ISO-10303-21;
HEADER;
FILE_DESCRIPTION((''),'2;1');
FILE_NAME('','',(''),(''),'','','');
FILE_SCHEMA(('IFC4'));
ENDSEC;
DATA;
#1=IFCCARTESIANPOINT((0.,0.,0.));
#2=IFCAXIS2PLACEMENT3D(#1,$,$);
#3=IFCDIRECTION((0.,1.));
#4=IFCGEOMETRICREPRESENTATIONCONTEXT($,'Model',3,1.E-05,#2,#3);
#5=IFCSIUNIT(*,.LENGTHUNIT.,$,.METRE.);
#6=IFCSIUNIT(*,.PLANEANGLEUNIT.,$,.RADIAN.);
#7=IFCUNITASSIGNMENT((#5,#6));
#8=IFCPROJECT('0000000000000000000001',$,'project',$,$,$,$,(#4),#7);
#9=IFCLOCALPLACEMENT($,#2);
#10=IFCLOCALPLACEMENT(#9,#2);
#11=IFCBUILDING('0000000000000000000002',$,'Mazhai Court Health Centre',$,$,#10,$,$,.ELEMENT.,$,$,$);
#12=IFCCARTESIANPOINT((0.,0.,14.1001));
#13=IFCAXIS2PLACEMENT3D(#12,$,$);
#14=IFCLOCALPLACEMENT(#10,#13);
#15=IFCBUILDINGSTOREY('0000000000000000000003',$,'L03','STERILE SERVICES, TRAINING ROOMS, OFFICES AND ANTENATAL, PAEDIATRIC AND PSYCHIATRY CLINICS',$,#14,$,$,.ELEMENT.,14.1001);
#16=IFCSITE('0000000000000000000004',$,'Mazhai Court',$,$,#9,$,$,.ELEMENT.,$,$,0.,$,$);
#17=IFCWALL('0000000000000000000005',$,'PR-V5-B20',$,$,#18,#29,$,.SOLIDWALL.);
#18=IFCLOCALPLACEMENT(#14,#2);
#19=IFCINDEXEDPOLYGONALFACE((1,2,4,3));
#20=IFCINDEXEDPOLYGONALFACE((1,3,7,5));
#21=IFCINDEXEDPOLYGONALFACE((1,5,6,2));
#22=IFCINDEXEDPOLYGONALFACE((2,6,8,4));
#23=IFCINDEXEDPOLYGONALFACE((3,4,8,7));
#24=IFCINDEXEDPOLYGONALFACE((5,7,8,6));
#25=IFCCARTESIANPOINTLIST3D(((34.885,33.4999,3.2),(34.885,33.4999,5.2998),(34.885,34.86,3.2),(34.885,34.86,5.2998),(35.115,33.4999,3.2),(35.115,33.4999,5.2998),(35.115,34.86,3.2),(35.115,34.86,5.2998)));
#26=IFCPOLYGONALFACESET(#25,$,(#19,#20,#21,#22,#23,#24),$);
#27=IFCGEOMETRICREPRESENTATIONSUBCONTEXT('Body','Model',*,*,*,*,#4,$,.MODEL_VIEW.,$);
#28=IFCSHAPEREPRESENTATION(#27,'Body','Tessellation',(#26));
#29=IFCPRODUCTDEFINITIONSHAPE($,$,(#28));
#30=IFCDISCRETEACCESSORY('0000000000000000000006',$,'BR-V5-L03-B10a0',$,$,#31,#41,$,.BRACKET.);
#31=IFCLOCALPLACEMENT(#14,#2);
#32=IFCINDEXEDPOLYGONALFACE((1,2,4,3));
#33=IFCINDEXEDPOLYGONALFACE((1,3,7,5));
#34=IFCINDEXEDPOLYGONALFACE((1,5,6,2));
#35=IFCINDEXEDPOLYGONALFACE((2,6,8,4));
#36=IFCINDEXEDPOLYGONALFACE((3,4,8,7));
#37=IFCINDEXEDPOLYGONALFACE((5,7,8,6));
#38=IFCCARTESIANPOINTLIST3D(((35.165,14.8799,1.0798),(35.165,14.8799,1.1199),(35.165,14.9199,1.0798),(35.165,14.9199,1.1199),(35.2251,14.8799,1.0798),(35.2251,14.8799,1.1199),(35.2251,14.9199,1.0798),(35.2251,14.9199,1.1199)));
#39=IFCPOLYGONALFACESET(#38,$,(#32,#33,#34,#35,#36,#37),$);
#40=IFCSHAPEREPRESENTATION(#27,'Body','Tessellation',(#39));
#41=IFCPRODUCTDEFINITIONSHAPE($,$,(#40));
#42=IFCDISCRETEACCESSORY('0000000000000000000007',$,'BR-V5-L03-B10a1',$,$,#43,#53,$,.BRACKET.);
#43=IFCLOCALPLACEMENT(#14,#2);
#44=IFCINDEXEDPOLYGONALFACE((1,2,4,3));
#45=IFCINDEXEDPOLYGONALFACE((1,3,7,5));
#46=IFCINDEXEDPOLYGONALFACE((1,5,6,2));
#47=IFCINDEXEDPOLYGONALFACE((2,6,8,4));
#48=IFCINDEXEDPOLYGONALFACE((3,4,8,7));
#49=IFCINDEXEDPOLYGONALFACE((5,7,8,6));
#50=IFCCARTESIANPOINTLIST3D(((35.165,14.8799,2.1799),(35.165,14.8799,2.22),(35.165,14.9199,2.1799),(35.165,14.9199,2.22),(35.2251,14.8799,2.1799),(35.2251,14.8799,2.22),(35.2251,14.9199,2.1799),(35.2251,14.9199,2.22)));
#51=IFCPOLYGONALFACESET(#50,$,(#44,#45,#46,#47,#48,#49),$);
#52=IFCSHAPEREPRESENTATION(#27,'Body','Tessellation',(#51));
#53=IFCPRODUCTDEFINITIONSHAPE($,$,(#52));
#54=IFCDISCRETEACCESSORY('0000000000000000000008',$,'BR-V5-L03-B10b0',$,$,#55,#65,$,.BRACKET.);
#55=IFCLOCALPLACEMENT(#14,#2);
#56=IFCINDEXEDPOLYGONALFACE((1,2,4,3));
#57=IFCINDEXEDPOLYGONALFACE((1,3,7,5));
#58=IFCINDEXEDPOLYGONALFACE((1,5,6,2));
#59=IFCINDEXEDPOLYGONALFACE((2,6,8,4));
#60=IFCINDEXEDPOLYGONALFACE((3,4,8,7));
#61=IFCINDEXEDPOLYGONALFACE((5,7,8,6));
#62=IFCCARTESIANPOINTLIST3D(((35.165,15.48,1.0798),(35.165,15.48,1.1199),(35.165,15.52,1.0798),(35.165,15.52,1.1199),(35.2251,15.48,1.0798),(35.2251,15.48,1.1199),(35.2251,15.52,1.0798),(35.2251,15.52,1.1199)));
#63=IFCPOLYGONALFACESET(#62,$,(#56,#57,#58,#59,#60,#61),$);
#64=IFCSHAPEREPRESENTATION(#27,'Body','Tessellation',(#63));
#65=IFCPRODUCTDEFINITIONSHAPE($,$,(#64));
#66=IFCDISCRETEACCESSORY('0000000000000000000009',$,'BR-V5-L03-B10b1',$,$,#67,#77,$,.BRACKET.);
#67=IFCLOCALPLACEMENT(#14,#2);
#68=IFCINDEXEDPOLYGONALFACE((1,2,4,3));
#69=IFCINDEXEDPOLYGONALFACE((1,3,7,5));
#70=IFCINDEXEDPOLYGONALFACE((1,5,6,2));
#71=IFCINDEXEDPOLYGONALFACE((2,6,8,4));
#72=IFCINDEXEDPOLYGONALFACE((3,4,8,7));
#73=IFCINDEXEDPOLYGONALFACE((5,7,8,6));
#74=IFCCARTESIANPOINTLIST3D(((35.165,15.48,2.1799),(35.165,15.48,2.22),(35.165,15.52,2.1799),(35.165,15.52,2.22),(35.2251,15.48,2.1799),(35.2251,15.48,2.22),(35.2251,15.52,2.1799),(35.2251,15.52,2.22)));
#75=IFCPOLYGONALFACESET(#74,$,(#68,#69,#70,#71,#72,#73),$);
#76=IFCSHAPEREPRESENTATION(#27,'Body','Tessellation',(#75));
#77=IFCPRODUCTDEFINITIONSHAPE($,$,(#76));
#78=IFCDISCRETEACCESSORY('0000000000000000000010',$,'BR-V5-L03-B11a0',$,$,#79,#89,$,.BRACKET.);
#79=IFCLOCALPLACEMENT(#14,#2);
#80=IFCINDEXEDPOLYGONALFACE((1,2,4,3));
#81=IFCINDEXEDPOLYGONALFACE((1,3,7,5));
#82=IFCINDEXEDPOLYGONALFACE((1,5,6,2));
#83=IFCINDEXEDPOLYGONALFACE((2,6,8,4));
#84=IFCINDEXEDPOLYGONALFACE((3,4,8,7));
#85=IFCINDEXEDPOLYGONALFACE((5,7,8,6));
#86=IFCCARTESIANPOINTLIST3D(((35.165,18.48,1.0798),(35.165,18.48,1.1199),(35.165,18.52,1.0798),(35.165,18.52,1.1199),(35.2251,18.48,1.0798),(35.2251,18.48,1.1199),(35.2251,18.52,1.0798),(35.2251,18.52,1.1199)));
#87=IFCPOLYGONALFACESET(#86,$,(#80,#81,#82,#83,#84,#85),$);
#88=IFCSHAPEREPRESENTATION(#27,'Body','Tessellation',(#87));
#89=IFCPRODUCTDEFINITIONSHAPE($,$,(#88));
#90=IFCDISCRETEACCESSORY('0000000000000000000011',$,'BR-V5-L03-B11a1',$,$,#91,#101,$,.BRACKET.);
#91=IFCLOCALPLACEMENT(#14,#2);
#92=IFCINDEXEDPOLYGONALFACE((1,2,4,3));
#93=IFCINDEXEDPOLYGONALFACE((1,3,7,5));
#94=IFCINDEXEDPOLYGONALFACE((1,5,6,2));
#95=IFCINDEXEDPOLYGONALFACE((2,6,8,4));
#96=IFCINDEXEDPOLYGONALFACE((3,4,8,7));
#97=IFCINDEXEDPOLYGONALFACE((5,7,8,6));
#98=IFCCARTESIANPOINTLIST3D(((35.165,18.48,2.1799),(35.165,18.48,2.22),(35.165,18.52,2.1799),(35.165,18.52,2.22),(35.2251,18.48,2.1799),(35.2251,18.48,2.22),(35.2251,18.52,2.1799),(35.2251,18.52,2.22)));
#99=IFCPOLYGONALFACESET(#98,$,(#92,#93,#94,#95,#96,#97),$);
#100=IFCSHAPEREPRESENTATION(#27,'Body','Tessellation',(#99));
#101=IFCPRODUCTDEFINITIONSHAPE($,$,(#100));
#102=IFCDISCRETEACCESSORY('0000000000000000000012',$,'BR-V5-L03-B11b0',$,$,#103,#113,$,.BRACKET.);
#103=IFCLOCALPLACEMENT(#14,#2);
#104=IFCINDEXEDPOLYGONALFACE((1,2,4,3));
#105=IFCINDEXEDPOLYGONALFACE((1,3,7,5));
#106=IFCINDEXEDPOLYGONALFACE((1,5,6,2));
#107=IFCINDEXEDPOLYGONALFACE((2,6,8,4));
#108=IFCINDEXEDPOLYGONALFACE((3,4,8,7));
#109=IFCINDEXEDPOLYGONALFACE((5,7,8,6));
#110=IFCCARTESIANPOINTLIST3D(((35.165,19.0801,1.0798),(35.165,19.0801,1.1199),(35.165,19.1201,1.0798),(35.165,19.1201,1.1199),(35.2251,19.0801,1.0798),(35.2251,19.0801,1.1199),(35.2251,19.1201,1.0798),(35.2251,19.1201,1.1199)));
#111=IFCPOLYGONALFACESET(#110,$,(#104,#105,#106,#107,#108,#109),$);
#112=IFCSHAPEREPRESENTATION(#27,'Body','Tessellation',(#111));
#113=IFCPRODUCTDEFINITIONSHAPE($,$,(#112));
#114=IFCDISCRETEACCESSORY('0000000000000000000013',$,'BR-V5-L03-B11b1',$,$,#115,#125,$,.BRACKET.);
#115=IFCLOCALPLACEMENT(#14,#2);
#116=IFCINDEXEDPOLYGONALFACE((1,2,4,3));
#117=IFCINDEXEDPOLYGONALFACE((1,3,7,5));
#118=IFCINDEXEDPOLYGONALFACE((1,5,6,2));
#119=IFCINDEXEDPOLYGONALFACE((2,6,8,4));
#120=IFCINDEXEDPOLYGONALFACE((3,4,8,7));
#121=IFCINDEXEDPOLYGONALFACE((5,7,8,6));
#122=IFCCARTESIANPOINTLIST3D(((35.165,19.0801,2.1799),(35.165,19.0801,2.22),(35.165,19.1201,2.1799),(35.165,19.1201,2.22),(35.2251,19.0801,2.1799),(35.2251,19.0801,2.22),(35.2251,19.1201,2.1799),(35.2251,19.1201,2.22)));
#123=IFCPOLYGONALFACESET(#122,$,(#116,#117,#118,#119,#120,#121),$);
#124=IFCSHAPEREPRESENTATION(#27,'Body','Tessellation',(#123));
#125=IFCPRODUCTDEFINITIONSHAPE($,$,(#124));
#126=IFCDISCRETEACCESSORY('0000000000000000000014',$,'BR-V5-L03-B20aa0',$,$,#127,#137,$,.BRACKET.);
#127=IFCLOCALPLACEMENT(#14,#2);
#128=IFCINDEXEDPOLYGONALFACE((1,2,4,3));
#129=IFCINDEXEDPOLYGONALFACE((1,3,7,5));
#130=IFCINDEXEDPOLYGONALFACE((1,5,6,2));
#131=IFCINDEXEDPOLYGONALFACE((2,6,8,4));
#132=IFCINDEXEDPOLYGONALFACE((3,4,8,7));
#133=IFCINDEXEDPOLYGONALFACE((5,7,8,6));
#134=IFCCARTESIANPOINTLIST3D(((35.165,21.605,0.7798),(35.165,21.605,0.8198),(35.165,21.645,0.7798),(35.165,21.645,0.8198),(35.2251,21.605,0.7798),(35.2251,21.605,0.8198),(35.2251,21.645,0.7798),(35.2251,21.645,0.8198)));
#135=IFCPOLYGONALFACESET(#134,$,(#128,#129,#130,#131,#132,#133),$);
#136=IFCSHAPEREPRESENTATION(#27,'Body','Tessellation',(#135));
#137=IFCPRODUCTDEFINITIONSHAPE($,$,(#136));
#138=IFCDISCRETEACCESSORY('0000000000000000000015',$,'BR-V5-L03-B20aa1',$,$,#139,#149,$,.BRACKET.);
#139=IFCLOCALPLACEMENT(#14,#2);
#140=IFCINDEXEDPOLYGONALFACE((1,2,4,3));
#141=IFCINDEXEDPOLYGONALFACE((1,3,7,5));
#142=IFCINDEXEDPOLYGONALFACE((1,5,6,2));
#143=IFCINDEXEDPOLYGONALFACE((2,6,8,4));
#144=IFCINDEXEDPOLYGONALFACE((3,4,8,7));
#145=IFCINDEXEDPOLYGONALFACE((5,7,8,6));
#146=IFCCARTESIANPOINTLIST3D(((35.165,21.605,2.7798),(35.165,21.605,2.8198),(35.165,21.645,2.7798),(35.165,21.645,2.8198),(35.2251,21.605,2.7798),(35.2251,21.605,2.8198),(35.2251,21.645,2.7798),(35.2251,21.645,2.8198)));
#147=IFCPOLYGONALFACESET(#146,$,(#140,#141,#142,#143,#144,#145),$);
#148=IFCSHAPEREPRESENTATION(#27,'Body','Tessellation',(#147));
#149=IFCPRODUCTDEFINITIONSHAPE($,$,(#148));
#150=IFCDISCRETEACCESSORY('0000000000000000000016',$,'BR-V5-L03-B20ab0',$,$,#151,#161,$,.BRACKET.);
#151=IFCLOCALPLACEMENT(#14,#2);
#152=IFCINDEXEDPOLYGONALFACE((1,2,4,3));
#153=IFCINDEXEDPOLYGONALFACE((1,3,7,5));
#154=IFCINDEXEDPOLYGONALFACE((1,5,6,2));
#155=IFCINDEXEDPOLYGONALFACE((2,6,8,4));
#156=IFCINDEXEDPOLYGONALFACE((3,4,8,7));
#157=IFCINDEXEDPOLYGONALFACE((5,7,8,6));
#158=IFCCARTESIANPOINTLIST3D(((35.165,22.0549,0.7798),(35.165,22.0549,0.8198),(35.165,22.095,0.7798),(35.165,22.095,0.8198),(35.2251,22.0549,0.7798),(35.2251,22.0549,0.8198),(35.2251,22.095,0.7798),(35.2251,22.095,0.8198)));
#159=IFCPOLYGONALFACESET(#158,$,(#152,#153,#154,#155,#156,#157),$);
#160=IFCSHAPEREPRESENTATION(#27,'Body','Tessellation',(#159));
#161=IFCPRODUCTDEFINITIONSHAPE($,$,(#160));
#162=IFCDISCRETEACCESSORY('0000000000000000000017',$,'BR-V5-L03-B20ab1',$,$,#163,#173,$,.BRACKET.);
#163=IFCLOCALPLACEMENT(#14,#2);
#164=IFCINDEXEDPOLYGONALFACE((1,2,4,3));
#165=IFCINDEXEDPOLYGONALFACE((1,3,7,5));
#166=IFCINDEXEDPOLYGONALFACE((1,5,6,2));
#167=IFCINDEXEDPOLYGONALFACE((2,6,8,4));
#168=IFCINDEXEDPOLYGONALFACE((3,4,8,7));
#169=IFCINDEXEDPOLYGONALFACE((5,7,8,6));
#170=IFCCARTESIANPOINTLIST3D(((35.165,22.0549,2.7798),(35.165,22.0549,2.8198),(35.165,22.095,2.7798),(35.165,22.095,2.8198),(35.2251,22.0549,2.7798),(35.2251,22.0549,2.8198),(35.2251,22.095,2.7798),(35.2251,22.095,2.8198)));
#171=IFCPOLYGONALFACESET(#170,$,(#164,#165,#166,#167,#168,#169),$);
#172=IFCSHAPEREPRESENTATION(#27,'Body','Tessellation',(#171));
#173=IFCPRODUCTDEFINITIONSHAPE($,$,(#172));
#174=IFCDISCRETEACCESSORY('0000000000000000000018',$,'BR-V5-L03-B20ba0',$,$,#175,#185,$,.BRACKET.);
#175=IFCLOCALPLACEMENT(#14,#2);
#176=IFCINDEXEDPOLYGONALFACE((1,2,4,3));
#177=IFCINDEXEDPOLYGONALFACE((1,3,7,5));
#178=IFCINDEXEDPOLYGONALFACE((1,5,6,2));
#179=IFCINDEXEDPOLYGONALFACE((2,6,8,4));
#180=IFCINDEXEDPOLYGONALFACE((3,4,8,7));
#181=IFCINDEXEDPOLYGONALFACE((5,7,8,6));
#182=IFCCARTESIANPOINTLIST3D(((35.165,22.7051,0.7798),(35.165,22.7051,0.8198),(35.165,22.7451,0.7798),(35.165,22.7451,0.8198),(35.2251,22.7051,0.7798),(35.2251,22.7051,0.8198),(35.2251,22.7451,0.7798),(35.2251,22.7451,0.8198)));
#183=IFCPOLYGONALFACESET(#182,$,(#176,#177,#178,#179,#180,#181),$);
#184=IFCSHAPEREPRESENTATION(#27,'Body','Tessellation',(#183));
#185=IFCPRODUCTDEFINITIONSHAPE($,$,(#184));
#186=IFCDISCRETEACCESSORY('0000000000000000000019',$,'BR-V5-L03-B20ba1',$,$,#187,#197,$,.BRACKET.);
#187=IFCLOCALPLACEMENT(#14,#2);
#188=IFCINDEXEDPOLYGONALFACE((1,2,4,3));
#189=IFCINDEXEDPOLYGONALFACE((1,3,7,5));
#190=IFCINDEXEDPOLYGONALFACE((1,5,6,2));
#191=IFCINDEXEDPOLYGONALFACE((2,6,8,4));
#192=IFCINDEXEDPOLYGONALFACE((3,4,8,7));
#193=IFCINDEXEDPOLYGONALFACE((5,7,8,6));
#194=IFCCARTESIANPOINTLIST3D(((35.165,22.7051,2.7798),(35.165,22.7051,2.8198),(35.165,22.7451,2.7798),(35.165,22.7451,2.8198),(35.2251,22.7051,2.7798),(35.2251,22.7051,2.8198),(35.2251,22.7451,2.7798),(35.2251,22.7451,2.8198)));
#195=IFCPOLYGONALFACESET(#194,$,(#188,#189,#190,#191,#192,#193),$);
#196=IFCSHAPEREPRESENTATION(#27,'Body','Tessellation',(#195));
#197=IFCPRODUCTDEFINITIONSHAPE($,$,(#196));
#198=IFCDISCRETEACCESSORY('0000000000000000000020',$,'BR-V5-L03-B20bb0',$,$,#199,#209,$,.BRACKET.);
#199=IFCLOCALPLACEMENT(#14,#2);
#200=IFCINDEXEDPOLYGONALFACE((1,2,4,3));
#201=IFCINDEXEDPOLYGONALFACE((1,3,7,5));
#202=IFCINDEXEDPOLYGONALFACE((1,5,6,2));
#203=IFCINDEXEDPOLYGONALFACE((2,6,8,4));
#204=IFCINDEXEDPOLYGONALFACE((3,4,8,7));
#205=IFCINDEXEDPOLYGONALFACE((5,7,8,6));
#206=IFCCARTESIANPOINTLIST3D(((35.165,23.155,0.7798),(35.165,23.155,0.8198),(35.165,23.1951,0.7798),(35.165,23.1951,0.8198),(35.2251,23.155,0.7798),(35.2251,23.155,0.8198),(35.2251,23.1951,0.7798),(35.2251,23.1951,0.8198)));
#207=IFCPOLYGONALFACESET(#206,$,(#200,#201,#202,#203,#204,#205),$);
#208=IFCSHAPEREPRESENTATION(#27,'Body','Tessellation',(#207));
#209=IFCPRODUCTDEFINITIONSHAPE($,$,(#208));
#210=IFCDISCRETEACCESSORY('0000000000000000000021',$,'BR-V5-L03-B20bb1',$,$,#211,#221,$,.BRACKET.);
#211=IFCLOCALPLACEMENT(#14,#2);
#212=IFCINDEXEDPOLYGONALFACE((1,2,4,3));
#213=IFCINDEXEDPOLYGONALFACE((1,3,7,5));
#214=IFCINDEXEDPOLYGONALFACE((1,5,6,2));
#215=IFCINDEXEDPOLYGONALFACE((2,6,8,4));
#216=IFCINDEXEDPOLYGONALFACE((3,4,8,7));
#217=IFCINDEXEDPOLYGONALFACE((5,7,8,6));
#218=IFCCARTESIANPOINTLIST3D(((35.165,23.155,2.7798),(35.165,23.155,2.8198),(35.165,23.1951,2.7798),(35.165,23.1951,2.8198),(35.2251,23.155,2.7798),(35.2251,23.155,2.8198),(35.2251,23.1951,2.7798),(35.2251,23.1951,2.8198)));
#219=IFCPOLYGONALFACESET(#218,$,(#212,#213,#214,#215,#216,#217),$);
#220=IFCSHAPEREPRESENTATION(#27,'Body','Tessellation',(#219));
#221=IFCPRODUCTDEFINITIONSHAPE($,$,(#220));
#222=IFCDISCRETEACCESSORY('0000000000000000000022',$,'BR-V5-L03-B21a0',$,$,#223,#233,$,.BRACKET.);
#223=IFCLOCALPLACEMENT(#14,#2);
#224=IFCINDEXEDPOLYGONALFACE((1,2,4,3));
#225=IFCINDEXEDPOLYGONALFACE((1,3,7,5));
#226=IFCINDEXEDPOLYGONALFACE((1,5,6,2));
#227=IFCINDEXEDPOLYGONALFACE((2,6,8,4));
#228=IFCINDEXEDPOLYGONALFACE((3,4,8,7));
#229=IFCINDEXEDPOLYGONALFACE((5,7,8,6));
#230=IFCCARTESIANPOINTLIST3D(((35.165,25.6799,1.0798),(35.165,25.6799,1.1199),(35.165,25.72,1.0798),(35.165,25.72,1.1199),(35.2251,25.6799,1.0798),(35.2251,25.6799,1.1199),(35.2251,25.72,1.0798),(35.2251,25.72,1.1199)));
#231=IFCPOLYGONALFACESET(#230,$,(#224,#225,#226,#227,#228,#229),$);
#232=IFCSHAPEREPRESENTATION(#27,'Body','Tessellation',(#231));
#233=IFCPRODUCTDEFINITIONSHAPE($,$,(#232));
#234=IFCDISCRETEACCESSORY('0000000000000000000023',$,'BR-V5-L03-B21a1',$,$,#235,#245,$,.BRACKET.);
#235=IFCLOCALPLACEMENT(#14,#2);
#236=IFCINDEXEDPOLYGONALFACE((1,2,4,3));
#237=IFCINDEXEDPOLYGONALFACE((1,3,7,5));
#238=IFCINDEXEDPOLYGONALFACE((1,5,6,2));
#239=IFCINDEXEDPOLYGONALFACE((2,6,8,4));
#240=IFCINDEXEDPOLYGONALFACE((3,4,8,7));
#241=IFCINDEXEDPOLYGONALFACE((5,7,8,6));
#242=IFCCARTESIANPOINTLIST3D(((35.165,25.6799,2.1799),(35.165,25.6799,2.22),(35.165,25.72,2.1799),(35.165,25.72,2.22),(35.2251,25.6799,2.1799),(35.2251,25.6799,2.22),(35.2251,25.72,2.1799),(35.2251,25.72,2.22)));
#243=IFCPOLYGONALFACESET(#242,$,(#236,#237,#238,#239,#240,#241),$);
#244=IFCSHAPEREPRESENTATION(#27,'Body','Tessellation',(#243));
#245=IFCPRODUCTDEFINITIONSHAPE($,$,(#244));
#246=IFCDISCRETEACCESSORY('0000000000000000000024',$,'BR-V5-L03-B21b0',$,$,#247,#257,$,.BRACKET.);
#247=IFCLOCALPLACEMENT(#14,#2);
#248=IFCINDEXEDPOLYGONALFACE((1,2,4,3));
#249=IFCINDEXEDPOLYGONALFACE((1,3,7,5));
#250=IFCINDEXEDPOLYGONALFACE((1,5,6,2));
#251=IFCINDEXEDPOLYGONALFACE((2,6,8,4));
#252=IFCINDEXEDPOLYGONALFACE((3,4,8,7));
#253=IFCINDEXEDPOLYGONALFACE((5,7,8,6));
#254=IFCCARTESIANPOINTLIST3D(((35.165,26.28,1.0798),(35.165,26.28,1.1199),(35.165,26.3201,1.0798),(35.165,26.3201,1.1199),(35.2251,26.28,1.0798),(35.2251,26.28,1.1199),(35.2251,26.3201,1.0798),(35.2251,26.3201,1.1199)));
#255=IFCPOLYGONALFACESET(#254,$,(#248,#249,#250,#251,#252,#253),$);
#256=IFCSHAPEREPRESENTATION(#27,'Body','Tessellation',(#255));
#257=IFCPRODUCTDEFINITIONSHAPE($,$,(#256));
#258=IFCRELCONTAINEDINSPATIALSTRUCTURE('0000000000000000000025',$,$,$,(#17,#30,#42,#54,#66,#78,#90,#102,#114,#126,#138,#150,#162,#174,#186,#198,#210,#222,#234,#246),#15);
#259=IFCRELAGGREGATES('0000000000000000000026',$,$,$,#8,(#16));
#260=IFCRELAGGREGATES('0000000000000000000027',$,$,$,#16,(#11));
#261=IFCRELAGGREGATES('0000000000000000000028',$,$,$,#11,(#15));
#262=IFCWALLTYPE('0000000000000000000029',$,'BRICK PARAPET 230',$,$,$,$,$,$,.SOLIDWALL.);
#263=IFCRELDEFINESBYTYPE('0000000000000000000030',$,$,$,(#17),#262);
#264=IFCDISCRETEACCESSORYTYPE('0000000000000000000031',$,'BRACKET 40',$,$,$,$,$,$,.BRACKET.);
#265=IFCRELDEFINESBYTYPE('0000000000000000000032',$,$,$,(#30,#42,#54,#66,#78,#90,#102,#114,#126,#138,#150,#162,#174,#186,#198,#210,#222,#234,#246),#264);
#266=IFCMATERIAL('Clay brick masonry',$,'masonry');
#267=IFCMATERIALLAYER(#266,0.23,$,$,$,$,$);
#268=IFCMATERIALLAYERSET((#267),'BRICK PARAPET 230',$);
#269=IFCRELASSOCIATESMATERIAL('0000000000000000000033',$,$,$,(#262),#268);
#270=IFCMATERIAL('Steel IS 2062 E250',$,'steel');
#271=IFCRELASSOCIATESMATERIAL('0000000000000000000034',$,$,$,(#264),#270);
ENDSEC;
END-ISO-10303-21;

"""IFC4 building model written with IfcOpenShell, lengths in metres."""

from ifc_helpers import new_model, si_unit, direction, frame, frame_2d, origin, origin_2d, place, context, subcontext, project, spatial, rectangle, extrude, material, layer, layer_set, type_object, element, save


model = new_model("IFC4")

# Units and contexts
model_context = context("Model", 3, precision=1e-05, world=origin(), true_north=direction((0.0, 1.0)))
body_context = subcontext(model_context, "Body", "Model", "MODEL_VIEW")
ifc_project = project(units=[si_unit("LENGTHUNIT", "METRE"), si_unit("PLANEANGLEUNIT", "RADIAN")], contexts=[model_context])

# Site, building, storey
site_placement = place(None, origin())
site = spatial("IfcSite", under=ifc_project, at=site_placement, Name="Mazhai Court", CompositionType="ELEMENT", RefElevation=0.0)
building_placement = place(site_placement, origin())
building = spatial("IfcBuilding", under=site, at=building_placement, Name="Mazhai Court Health Centre", CompositionType="ELEMENT")
storey_placement = place(building_placement, frame((0.0, 0.0, 14.1001)))
storey = spatial("IfcBuildingStorey", under=building, at=storey_placement, Name="L03", Description="STERILE SERVICES, TRAINING ROOMS, OFFICES AND ANTENATAL, PAEDIATRIC AND PSYCHIATRY CLINICS", CompositionType="ELEMENT", Elevation=14.1001)

# Wall
ifc_material_1 = material(Name="Clay brick masonry", Category="masonry")
ifc_layer = layer(ifc_material_1, 0.23)
ifc_layer_set = layer_set([ifc_layer], Name="BRICK PARAPET 230")
wall_type = type_object("IfcWallType", Name="BRICK PARAPET 230", PredefinedType="SOLIDWALL", material=ifc_layer_set)
wall_1_placement = place(storey_placement, frame((35.0, 34.8601, 3.2), z_axis=(0.0, 0.0, 1.0), x_axis=(0.0, -1.0, 0.0)))
element("IfcWall", 1, at=wall_1_placement, inside=storey, type_object=wall_type, Name="PR-V5-B20", PredefinedType="SOLIDWALL", context=body_context, shape_type="SweptSolid", body=[
    extrude(rectangle(XDim=1.3601, YDim=0.23, at=frame_2d((0.6802, 0.0))), origin(), (0.0, 0.0, 1.0), 2.0999),
])

# Discrete accessories
ifc_material_2 = material(Name="Steel IS 2062 E250", Category="steel")
discrete_accessory_type = type_object("IfcDiscreteAccessoryType", Name="BRACKET 40", PredefinedType="BRACKET", material=ifc_material_2)
for number, where, z_axis, x_axis, name in (
    (2, (35.1951, 14.8999, 1.0798), (0.0, 0.0, 1.0), (0.0, 1.0, 0.0), "BR-V5-L03-B10a0"),
    (3, (35.1951, 14.8999, 2.1799), (0.0, 0.0, 1.0), (0.0, 1.0, 0.0), "BR-V5-L03-B10a1"),
    (4, (35.1951, 15.5, 1.0798), (0.0, 0.0, 1.0), (0.0, 1.0, 0.0), "BR-V5-L03-B10b0"),
    (5, (35.1951, 15.5, 2.1799), (0.0, 0.0, 1.0), (0.0, 1.0, 0.0), "BR-V5-L03-B10b1"),
    (6, (35.1951, 18.5, 1.0798), (0.0, 0.0, 1.0), (0.0, 1.0, 0.0), "BR-V5-L03-B11a0"),
    (7, (35.1951, 18.5, 2.1799), (0.0, 0.0, 1.0), (0.0, 1.0, 0.0), "BR-V5-L03-B11a1"),
    (8, (35.1951, 19.1001, 1.0798), (0.0, 0.0, 1.0), (0.0, 1.0, 0.0), "BR-V5-L03-B11b0"),
    (9, (35.1951, 19.1001, 2.1799), (0.0, 0.0, 1.0), (0.0, 1.0, 0.0), "BR-V5-L03-B11b1"),
    (10, (35.1951, 21.625, 0.7798), (0.0, 0.0, 1.0), (0.0, 1.0, 0.0), "BR-V5-L03-B20aa0"),
    (11, (35.1951, 21.625, 2.7798), (0.0, 0.0, 1.0), (0.0, 1.0, 0.0), "BR-V5-L03-B20aa1"),
    (12, (35.1951, 22.075, 0.7798), (0.0, 0.0, 1.0), (0.0, 1.0, 0.0), "BR-V5-L03-B20ab0"),
    (13, (35.1951, 22.075, 2.7798), (0.0, 0.0, 1.0), (0.0, 1.0, 0.0), "BR-V5-L03-B20ab1"),
    (14, (35.1951, 22.7251, 0.7798), (0.0, 0.0, 1.0), (0.0, 1.0, 0.0), "BR-V5-L03-B20ba0"),
    (15, (35.1951, 22.7251, 2.7798), (0.0, 0.0, 1.0), (0.0, 1.0, 0.0), "BR-V5-L03-B20ba1"),
    (16, (35.1951, 23.175, 0.7798), (0.0, 0.0, 1.0), (0.0, 1.0, 0.0), "BR-V5-L03-B20bb0"),
    (17, (35.1951, 23.175, 2.7798), (0.0, 0.0, 1.0), (0.0, 1.0, 0.0), "BR-V5-L03-B20bb1"),
    (18, (35.1951, 25.7, 1.0798), (0.0, 0.0, 1.0), (0.0, 1.0, 0.0), "BR-V5-L03-B21a0"),
    (19, (35.1951, 25.7, 2.1799), (0.0, 0.0, 1.0), (0.0, 1.0, 0.0), "BR-V5-L03-B21a1"),
    (20, (35.1951, 26.3, 1.0798), (0.0, 0.0, 1.0), (0.0, 1.0, 0.0), "BR-V5-L03-B21b0"),
):
    element("IfcDiscreteAccessory", number, at=place(storey_placement, frame(where, z_axis=z_axis, x_axis=x_axis)), inside=storey, type_object=discrete_accessory_type, Name=name, PredefinedType="BRACKET", context=body_context, shape_type="SweptSolid", body=[
        extrude(rectangle(XDim=0.04, YDim=0.0601, at=origin_2d()), origin(), (0.0, 0.0, 1.0), 0.04),
    ])

save(model, "model.ifc")
